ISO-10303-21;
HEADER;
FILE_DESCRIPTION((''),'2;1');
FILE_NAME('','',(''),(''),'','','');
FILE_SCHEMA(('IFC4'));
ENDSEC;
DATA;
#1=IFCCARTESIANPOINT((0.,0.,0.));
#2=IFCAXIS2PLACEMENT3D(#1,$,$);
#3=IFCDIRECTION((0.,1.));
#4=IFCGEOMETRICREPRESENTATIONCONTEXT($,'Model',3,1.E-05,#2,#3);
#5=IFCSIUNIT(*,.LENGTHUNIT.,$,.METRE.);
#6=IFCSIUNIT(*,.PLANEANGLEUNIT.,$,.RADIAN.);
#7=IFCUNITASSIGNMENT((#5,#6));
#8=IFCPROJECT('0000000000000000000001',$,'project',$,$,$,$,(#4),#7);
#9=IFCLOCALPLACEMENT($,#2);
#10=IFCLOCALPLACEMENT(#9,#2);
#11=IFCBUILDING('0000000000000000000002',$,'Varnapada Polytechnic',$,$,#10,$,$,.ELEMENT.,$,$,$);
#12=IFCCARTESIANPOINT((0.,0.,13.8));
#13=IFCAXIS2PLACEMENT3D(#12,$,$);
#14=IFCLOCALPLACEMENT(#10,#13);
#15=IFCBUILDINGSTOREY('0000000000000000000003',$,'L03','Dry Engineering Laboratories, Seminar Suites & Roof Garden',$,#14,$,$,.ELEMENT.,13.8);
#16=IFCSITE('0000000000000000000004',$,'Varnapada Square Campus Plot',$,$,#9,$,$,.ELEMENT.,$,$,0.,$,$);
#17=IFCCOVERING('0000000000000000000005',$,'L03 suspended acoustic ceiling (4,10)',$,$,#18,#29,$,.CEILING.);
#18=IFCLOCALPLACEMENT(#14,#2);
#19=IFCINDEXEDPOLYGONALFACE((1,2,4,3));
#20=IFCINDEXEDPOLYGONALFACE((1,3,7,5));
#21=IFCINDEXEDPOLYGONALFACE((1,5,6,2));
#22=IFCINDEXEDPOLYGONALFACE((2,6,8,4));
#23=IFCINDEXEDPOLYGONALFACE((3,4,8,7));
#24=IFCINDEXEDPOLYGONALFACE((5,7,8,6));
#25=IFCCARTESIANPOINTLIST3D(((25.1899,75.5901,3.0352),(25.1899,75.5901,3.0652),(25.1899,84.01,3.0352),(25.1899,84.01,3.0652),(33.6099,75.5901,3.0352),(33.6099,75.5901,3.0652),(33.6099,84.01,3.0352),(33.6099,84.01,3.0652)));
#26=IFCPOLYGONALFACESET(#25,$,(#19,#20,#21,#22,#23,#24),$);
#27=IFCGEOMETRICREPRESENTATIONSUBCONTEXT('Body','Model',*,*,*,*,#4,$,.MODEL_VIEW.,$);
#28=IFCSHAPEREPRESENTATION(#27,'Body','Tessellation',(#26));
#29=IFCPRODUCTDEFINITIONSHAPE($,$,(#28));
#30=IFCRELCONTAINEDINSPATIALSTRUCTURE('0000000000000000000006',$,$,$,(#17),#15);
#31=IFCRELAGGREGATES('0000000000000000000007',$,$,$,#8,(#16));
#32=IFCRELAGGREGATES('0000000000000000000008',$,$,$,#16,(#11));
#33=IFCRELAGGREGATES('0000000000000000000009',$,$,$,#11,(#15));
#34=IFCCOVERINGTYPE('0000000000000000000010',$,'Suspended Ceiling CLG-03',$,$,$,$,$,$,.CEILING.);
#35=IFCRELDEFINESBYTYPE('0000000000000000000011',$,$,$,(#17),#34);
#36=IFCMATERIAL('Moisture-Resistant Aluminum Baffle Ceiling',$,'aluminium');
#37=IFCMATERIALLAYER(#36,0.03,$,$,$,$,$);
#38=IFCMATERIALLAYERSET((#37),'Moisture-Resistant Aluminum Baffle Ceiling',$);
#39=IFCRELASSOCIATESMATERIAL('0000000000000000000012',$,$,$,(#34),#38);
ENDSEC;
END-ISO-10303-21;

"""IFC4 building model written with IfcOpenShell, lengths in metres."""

from ifc_helpers import new_model, si_unit, direction, frame, origin, origin_2d, place, context, subcontext, project, spatial, rectangle, extrude, material, layer, layer_set, type_object, element, save


model = new_model("IFC4")

# Units and contexts
model_context = context("Model", 3, precision=1e-05, world=origin(), true_north=direction((0.0, 1.0)))
body_context = subcontext(model_context, "Body", "Model", "MODEL_VIEW")
ifc_project = project(units=[si_unit("LENGTHUNIT", "METRE"), si_unit("PLANEANGLEUNIT", "RADIAN")], contexts=[model_context])

# Site, building, storey
site_placement = place(None, origin())
site = spatial("IfcSite", under=ifc_project, at=site_placement, Name="Varnapada Square Campus Plot", CompositionType="ELEMENT", RefElevation=0.0)
building_placement = place(site_placement, origin())
building = spatial("IfcBuilding", under=site, at=building_placement, Name="Varnapada Polytechnic", CompositionType="ELEMENT")
storey_placement = place(building_placement, frame((0.0, 0.0, 13.8)))
storey = spatial("IfcBuildingStorey", under=building, at=storey_placement, Name="L03", Description="Dry Engineering Laboratories, Seminar Suites & Roof Garden", CompositionType="ELEMENT", Elevation=13.8)

# Covering
ifc_material_1 = material(Name="Moisture-Resistant Aluminum Baffle Ceiling", Category="aluminium")
ifc_layer_1 = layer(ifc_material_1, 0.03)
ifc_layer_set_1 = layer_set([ifc_layer_1], Name="Moisture-Resistant Aluminum Baffle Ceiling")
covering_type_1 = type_object("IfcCoveringType", Name="Suspended Ceiling CLG-03", PredefinedType="CEILING", material=ifc_layer_set_1)
for number, where, z_axis, x_axis, name in (
    (1, (29.3999, 79.8, 3.0352), (0.0, 0.0, 1.0), (1.0, 0.0, 0.0), "L03 suspended acoustic ceiling (4,10)"),
):
    element("IfcCovering", number, at=place(storey_placement, frame(where, z_axis=z_axis, x_axis=x_axis)), inside=storey, type_object=covering_type_1, Name=name, PredefinedType="CEILING", context=body_context, shape_type="SweptSolid", body=[
        extrude(rectangle(XDim=8.4199, YDim=8.4199, at=origin_2d()), origin(), (0.0, 0.0, 1.0), 0.03),
    ])

save(model, "model.ifc")
